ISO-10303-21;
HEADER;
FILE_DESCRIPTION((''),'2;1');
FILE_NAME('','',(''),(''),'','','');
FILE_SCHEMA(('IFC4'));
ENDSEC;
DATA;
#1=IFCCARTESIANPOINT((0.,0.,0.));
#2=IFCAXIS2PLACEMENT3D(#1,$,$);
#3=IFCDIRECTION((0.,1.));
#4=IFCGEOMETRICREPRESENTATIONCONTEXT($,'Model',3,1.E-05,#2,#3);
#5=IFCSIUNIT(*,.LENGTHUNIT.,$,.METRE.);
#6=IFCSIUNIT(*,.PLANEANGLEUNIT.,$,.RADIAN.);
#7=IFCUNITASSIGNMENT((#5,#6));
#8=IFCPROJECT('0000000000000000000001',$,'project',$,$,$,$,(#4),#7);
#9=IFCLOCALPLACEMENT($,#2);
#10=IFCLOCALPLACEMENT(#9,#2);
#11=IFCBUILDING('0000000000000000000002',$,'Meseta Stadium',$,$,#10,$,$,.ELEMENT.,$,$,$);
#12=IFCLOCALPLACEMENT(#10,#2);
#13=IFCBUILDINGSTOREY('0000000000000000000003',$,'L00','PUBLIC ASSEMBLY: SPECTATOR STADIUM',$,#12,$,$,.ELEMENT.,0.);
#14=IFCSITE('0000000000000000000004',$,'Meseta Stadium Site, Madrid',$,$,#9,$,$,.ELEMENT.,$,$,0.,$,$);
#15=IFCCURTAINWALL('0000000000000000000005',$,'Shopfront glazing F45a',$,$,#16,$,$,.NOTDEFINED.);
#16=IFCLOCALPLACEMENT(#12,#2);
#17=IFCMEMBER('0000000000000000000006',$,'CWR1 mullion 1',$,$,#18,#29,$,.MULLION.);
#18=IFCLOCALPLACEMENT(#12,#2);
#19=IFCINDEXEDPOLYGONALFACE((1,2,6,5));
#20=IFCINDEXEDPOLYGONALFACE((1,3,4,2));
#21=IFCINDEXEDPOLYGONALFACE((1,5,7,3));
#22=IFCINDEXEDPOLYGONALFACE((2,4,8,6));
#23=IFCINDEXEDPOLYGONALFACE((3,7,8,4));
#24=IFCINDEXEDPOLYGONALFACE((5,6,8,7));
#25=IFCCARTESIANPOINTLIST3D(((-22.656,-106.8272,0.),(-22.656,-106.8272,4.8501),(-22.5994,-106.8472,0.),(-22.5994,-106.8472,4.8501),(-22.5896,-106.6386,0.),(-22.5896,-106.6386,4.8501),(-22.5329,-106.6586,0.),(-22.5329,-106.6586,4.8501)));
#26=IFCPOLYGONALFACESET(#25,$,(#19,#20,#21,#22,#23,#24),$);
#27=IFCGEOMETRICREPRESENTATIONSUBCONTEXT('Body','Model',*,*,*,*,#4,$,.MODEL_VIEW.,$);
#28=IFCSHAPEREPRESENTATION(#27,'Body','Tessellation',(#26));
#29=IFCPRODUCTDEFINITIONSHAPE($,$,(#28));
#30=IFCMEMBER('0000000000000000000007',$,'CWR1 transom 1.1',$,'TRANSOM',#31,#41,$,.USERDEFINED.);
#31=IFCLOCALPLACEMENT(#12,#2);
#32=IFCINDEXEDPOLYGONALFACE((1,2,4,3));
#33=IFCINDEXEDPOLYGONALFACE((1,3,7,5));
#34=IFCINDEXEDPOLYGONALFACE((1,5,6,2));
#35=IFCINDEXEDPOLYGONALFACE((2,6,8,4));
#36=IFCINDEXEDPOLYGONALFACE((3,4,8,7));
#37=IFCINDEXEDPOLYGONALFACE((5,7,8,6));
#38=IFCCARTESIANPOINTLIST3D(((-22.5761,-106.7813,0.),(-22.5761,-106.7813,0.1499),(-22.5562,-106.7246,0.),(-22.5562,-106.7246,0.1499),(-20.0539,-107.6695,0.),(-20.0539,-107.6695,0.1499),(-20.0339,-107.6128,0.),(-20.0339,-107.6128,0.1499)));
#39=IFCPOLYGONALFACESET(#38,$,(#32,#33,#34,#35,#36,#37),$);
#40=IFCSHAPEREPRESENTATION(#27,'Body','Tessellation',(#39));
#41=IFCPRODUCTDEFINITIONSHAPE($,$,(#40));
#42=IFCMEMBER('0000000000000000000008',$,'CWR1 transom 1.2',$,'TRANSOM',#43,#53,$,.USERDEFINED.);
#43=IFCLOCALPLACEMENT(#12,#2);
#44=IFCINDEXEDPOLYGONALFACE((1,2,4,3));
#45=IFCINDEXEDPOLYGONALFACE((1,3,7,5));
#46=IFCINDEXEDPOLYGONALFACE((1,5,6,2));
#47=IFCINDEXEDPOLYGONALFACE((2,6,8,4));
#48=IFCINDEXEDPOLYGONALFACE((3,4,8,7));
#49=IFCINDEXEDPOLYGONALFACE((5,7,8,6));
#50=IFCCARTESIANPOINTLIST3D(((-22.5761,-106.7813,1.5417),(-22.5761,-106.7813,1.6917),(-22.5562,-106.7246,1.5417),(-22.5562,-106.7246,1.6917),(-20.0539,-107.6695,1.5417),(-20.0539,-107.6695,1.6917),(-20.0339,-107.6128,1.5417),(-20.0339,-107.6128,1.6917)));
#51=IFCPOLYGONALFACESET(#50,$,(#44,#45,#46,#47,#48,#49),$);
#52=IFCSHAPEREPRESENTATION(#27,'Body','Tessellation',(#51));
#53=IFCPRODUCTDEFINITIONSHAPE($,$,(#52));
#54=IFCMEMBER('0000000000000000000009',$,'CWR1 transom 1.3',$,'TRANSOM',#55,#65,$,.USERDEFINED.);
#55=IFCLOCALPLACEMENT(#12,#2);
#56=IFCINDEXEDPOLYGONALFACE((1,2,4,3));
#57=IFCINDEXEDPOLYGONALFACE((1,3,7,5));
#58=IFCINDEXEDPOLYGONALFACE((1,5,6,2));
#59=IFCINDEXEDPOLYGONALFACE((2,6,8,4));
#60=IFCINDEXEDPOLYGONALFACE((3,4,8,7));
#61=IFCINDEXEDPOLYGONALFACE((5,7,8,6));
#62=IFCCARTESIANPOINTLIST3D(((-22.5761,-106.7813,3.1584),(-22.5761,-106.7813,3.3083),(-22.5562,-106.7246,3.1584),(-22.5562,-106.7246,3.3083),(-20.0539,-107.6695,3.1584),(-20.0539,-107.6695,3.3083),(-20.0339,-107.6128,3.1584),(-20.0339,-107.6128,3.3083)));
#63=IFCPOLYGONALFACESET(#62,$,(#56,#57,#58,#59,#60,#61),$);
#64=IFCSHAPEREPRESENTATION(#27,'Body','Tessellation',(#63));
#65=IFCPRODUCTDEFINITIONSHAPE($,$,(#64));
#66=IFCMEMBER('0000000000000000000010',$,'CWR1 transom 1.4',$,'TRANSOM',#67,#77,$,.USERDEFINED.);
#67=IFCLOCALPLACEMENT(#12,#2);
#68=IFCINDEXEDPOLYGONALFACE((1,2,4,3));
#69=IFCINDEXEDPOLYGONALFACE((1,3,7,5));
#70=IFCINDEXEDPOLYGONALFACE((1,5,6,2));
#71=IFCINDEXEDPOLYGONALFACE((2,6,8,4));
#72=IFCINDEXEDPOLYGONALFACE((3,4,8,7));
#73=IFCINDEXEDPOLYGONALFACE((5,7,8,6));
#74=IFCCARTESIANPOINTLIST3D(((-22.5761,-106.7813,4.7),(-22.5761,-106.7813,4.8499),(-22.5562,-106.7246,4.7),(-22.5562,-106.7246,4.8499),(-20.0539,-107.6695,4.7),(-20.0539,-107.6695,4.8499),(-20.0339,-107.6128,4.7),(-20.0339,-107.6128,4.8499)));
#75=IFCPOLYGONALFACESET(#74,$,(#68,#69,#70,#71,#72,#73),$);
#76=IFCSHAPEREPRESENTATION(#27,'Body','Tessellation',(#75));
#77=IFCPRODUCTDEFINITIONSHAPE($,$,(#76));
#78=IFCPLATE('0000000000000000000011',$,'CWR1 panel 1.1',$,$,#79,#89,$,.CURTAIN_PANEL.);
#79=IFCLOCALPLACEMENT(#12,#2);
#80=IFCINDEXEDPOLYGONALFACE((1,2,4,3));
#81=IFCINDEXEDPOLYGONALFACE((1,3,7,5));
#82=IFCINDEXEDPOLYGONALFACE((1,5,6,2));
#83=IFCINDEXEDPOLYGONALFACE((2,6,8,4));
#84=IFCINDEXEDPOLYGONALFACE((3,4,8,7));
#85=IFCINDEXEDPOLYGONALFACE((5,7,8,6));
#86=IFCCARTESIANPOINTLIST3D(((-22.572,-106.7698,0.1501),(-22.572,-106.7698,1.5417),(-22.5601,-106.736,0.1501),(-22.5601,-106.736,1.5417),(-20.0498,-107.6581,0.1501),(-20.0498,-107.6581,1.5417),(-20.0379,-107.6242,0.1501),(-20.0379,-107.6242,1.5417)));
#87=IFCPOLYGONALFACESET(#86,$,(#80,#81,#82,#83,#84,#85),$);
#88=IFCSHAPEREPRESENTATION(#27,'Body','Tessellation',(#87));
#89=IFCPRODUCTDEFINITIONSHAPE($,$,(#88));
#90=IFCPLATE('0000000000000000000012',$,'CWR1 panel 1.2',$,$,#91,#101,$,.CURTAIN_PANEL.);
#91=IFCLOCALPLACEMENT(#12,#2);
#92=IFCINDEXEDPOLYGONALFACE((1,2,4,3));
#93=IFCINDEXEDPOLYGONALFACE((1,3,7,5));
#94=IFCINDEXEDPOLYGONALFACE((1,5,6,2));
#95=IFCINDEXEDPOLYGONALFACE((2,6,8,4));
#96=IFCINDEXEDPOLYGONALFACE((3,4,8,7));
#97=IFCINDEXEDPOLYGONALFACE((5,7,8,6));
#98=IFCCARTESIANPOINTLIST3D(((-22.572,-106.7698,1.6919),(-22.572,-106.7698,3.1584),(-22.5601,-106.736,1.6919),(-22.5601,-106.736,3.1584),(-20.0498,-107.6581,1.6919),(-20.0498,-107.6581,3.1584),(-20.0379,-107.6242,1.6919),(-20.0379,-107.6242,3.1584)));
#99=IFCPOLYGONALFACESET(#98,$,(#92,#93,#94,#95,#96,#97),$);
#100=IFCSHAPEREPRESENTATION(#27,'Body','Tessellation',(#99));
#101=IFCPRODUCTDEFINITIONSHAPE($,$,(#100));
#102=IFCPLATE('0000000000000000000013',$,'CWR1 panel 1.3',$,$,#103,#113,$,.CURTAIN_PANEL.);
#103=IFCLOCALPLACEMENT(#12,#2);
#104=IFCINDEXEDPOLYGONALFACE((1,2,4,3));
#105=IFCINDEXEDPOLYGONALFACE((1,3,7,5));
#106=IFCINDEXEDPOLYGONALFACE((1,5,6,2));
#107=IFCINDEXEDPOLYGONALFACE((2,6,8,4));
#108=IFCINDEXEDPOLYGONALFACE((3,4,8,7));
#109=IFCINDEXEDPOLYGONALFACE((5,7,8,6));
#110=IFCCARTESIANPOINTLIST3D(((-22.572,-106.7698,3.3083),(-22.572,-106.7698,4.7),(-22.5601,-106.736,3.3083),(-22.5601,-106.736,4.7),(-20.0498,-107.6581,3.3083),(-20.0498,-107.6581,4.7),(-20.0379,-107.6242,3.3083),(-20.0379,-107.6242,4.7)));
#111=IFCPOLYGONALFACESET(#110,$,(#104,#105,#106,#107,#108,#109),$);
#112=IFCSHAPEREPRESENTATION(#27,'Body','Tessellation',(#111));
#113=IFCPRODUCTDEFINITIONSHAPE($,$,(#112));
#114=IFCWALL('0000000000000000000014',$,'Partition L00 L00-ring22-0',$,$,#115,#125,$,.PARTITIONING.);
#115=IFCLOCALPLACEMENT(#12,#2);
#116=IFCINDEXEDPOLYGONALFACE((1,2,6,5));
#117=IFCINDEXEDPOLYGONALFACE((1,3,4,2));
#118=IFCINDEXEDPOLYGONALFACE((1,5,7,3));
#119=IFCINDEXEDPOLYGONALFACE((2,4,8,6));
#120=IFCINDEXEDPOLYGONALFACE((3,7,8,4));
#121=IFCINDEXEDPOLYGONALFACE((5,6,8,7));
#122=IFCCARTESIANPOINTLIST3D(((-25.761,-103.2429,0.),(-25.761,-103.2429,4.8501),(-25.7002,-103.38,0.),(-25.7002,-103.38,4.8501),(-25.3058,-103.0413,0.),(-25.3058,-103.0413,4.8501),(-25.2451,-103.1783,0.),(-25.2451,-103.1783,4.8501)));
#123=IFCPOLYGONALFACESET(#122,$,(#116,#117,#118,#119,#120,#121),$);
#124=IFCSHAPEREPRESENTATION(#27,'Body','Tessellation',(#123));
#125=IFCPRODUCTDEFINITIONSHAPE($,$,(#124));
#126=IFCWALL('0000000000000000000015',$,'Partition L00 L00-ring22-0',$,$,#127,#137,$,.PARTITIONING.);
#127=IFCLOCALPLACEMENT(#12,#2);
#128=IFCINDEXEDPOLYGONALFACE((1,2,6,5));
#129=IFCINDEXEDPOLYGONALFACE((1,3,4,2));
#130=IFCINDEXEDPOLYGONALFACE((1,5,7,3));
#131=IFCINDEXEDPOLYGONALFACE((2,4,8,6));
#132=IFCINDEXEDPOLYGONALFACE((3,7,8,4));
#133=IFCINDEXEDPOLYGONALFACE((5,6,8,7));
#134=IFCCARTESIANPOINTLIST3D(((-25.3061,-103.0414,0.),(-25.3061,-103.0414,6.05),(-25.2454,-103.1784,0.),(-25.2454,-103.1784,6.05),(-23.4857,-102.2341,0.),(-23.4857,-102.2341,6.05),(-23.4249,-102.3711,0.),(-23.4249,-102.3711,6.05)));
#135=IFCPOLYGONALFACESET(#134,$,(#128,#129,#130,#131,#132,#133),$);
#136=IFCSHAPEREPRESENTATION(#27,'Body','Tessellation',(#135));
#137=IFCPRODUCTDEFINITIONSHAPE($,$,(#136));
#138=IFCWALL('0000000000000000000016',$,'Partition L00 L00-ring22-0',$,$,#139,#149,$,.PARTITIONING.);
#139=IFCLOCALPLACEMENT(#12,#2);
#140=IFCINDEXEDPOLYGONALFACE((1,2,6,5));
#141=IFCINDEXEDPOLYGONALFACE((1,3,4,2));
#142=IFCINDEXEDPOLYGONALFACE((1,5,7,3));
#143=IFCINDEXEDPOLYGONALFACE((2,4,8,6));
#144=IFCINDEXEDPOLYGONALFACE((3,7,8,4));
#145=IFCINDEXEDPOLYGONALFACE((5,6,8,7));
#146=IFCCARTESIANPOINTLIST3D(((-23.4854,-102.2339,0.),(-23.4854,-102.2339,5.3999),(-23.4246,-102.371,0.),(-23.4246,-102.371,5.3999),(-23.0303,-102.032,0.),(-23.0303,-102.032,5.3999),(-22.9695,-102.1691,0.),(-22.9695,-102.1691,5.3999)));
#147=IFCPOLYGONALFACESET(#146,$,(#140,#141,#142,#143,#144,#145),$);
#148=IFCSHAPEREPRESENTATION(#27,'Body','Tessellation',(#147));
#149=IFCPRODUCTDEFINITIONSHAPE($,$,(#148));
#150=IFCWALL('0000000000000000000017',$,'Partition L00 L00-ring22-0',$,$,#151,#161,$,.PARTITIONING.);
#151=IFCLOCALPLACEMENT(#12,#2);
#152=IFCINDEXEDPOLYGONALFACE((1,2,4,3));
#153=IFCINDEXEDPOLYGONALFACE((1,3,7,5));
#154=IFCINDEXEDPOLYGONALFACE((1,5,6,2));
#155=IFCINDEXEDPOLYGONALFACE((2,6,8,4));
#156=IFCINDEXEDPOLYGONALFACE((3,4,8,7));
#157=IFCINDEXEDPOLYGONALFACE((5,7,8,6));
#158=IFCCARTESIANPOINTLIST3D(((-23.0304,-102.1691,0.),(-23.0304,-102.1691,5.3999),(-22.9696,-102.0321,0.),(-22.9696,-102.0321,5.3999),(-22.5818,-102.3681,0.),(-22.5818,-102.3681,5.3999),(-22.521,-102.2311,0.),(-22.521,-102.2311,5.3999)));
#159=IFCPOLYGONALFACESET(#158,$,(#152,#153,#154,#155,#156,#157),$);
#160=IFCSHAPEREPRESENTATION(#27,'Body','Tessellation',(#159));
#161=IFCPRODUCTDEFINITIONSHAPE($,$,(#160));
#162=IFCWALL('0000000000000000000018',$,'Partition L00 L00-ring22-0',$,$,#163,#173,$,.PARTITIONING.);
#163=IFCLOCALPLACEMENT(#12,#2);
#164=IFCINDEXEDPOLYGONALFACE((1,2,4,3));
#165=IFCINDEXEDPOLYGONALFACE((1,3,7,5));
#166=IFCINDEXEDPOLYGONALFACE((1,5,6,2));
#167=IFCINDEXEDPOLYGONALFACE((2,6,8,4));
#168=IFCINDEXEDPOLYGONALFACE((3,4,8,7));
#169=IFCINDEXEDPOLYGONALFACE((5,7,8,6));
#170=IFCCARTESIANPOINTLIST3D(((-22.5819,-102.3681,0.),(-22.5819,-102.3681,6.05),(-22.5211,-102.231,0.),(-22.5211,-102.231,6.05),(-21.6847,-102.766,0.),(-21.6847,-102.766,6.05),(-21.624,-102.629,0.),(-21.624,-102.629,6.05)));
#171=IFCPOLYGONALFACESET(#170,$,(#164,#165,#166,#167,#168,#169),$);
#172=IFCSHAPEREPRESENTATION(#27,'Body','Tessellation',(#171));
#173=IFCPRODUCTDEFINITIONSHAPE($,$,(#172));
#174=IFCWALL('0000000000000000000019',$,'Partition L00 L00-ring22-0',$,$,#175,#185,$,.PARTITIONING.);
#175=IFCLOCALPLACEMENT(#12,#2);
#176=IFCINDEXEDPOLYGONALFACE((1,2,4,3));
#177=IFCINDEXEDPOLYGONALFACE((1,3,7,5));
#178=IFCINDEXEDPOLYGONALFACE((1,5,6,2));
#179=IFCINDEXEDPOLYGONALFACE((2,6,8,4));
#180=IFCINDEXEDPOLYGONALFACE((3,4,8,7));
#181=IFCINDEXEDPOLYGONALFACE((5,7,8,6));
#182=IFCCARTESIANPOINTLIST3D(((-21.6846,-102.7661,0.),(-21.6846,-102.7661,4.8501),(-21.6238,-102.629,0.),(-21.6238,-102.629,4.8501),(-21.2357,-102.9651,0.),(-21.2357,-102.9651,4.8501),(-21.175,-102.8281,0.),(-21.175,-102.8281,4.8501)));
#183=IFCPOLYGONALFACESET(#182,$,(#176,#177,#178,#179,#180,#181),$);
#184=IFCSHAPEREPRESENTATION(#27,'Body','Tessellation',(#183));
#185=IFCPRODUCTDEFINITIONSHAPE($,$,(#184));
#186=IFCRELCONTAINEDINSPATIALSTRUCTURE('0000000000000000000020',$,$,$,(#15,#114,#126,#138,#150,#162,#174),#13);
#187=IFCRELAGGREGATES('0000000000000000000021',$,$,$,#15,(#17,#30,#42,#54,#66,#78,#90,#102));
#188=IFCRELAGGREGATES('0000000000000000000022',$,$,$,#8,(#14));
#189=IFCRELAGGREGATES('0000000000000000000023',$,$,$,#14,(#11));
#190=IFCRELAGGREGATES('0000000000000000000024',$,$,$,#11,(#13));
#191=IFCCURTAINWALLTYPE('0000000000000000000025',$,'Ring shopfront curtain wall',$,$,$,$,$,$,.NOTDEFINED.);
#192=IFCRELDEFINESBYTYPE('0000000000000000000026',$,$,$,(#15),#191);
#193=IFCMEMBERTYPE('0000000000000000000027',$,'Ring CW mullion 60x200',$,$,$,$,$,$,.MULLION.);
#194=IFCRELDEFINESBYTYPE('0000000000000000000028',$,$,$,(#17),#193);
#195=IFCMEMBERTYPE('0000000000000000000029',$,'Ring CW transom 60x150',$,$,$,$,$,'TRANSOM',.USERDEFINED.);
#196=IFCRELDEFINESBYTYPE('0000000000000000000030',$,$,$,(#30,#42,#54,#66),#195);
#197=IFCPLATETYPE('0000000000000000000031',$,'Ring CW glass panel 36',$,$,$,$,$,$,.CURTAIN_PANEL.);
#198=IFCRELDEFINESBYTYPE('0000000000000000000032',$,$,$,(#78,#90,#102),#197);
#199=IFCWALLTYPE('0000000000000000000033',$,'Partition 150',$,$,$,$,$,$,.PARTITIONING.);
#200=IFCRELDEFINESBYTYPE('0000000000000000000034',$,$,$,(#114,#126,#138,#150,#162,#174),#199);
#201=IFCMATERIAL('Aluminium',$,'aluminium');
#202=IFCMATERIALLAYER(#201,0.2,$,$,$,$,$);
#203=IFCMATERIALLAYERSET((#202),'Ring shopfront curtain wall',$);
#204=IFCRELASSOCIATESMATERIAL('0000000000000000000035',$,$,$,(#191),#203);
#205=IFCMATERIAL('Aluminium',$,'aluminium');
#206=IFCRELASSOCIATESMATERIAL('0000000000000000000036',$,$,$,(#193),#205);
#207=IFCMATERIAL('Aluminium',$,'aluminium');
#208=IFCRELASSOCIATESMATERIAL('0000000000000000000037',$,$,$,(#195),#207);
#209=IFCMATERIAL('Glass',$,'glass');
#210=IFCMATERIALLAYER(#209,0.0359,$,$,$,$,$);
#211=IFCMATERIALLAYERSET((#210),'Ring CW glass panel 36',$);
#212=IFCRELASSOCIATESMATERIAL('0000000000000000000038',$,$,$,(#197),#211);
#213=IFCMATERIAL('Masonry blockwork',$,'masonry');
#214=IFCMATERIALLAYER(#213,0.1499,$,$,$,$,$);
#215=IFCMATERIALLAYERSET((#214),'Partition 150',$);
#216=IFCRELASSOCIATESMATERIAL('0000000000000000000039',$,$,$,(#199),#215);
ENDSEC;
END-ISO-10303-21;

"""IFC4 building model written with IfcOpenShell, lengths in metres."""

from ifc_helpers import new_model, si_unit, direction, frame, frame_2d, origin, origin_2d, place, context, subcontext, project, spatial, rectangle, extrude, material, layer, layer_set, material_profile, profile_set, type_object, element, aggregate, save


model = new_model("IFC4")

# Units and contexts
model_context = context("Model", 3, precision=1e-05, world=origin(), true_north=direction((0.0, 1.0)))
body_context = subcontext(model_context, "Body", "Model", "MODEL_VIEW")
ifc_project = project(units=[si_unit("LENGTHUNIT", "METRE"), si_unit("PLANEANGLEUNIT", "RADIAN")], contexts=[model_context])

# Site, building, storey
site_placement = place(None, origin())
site = spatial("IfcSite", under=ifc_project, at=site_placement, Name="Meseta Stadium Site, Madrid", CompositionType="ELEMENT", RefElevation=0.0)
building_placement = place(site_placement, origin())
building = spatial("IfcBuilding", under=site, at=building_placement, Name="Meseta Stadium", CompositionType="ELEMENT")
storey_placement = place(building_placement, origin())
storey = spatial("IfcBuildingStorey", under=building, at=storey_placement, Name="L00", Description="PUBLIC ASSEMBLY: SPECTATOR STADIUM", CompositionType="ELEMENT", Elevation=0.0)

# Curtain wall, members, plates
ifc_material_1 = material(Name="Aluminium", Category="aluminium")
ifc_layer_1 = layer(ifc_material_1, 0.2)
ifc_layer_set_1 = layer_set([ifc_layer_1], Name="Ring shopfront curtain wall")
curtain_wall_type = type_object("IfcCurtainWallType", Name="Ring shopfront curtain wall", PredefinedType="NOTDEFINED", material=ifc_layer_set_1)
curtain_wall_placement = place(storey_placement, origin())
curtain_wall = element("IfcCurtainWall", 1, at=curtain_wall_placement, inside=storey, type_object=curtain_wall_type, Name="Shopfront glazing F45a", PredefinedType="NOTDEFINED")
ifc_material_2 = material(Name="Aluminium", Category="aluminium")
ifc_material_profile_1 = material_profile(ifc_material_2, rectangle(XDim=0.2, YDim=0.0601, at=origin_2d()), Name="CW 200x60")
ifc_profile_set_1 = profile_set([ifc_material_profile_1], Name="Aluminium")
member_type_1 = type_object("IfcMemberType", Name="Ring CW mullion 60x200", PredefinedType="MULLION", material=ifc_profile_set_1)
member_1_placement = place(storey_placement, frame((-22.5945, -106.7429, 0.0), z_axis=(0.0, 0.0, 1.0), x_axis=(0.33217, 0.94322, 0.0)))
member_1 = element("IfcMember", 2, at=member_1_placement, type_object=member_type_1, Name="CWR1 mullion 1", PredefinedType="MULLION", context=body_context, shape_type="SweptSolid", body=[
    extrude(rectangle(XDim=0.2, YDim=0.0601, at=origin_2d()), origin(), (0.0, 0.0, 1.0), 4.8501),
])
ifc_material_3 = material(Name="Aluminium", Category="aluminium")
ifc_material_profile_2 = material_profile(ifc_material_3, rectangle(XDim=0.0601, YDim=0.1499, at=origin_2d()), Name="CW 60x150")
ifc_profile_set_2 = profile_set([ifc_material_profile_2], Name="Aluminium")
member_type_2 = type_object("IfcMemberType", Name="Ring CW transom 60x150", ElementType="TRANSOM", PredefinedType="USERDEFINED", material=ifc_profile_set_2)
member_2_placement = place(storey_placement, frame((-22.5662, -106.7529, 0.075), z_axis=(0.943226, -0.332151, 0.0), x_axis=(0.332151, 0.943226, 0.0)))
member_2 = element("IfcMember", 3, at=member_2_placement, type_object=member_type_2, Name="CWR1 transom 1.1", ObjectType="TRANSOM", PredefinedType="USERDEFINED", context=body_context, shape_type="SweptSolid", body=[
    extrude(rectangle(XDim=0.0601, YDim=0.1499, at=origin_2d()), origin(), (0.0, 0.0, 1.0), 2.6741),
])
member_3_placement = place(storey_placement, frame((-22.5662, -106.7529, 1.6167), z_axis=(0.943226, -0.332151, 0.0), x_axis=(0.332151, 0.943226, 0.0)))
member_3 = element("IfcMember", 4, at=member_3_placement, type_object=member_type_2, Name="CWR1 transom 1.2", ObjectType="TRANSOM", PredefinedType="USERDEFINED", context=body_context, shape_type="SweptSolid", body=[
    extrude(rectangle(XDim=0.0601, YDim=0.1499, at=origin_2d()), origin(), (0.0, 0.0, 1.0), 2.6741),
])
member_4_placement = place(storey_placement, frame((-22.5662, -106.7529, 3.2334), z_axis=(0.943226, -0.332151, 0.0), x_axis=(0.332151, 0.943226, 0.0)))
member_4 = element("IfcMember", 5, at=member_4_placement, type_object=member_type_2, Name="CWR1 transom 1.3", ObjectType="TRANSOM", PredefinedType="USERDEFINED", context=body_context, shape_type="SweptSolid", body=[
    extrude(rectangle(XDim=0.0601, YDim=0.1499, at=origin_2d()), origin(), (0.0, 0.0, 1.0), 2.6741),
])
member_5_placement = place(storey_placement, frame((-22.5662, -106.7529, 4.7749), z_axis=(0.943226, -0.332151, 0.0), x_axis=(0.332151, 0.943226, 0.0)))
member_5 = element("IfcMember", 6, at=member_5_placement, type_object=member_type_2, Name="CWR1 transom 1.4", ObjectType="TRANSOM", PredefinedType="USERDEFINED", context=body_context, shape_type="SweptSolid", body=[
    extrude(rectangle(XDim=0.0601, YDim=0.1499, at=origin_2d()), origin(), (0.0, 0.0, 1.0), 2.6741),
])
ifc_material_4 = material(Name="Glass", Category="glass")
ifc_layer_2 = layer(ifc_material_4, 0.0359)
ifc_layer_set_2 = layer_set([ifc_layer_2], Name="Ring CW glass panel 36")
plate_type = type_object("IfcPlateType", Name="Ring CW glass panel 36", PredefinedType="CURTAIN_PANEL", material=ifc_layer_set_2)
plate_1_placement = place(storey_placement, frame((-21.3049, -107.197, 0.1501), z_axis=(0.0, 0.0, 1.0), x_axis=(0.94322, -0.33217, 0.0)))
plate_1 = element("IfcPlate", 7, at=plate_1_placement, type_object=plate_type, Name="CWR1 panel 1.1", PredefinedType="CURTAIN_PANEL", context=body_context, shape_type="SweptSolid", body=[
    extrude(rectangle(XDim=2.6741, YDim=0.0359, at=origin_2d()), origin(), (0.0, 0.0, 1.0), 1.3916),
])
plate_2_placement = place(storey_placement, frame((-21.3049, -107.197, 1.6919), z_axis=(0.0, 0.0, 1.0), x_axis=(0.94322, -0.33217, 0.0)))
plate_2 = element("IfcPlate", 8, at=plate_2_placement, type_object=plate_type, Name="CWR1 panel 1.2", PredefinedType="CURTAIN_PANEL", context=body_context, shape_type="SweptSolid", body=[
    extrude(rectangle(XDim=2.6741, YDim=0.0359, at=origin_2d()), origin(), (0.0, 0.0, 1.0), 1.4666),
])
plate_3_placement = place(storey_placement, frame((-21.3049, -107.197, 3.3083), z_axis=(0.0, 0.0, 1.0), x_axis=(0.94322, -0.33217, 0.0)))
plate_3 = element("IfcPlate", 9, at=plate_3_placement, type_object=plate_type, Name="CWR1 panel 1.3", PredefinedType="CURTAIN_PANEL", context=body_context, shape_type="SweptSolid", body=[
    extrude(rectangle(XDim=2.6741, YDim=0.0359, at=origin_2d()), origin(), (0.0, 0.0, 1.0), 1.3916),
])
aggregate(curtain_wall, [member_1, member_2, member_3, member_4, member_5, plate_1, plate_2, plate_3])

# Walls
ifc_material_5 = material(Name="Masonry blockwork", Category="masonry")
ifc_layer_3 = layer(ifc_material_5, 0.1499)
ifc_layer_set_3 = layer_set([ifc_layer_3], Name="Partition 150")
wall_type_1 = type_object("IfcWallType", Name="Partition 150", PredefinedType="PARTITIONING", material=ifc_layer_set_3)
wall_1_placement = place(storey_placement, frame((-25.7307, -103.3115, 0.0), z_axis=(0.0, 0.0, 1.0), x_axis=(0.914256, 0.405137, 0.0)))
element("IfcWall", 10, at=wall_1_placement, inside=storey, type_object=wall_type_1, Name="Partition L00 L00-ring22-0", PredefinedType="PARTITIONING", context=body_context, shape_type="SweptSolid", body=[
    extrude(rectangle(XDim=0.4978, YDim=0.1499, at=frame_2d((0.249, 0.0))), origin(), (0.0, 0.0, 1.0), 4.8501),
])
wall_2_placement = place(storey_placement, frame((-25.2756, -103.1099, 0.0), z_axis=(0.0, 0.0, 1.0), x_axis=(0.91414, 0.405399, 0.0)))
element("IfcWall", 11, at=wall_2_placement, inside=storey, type_object=wall_type_1, Name="Partition L00 L00-ring22-0", PredefinedType="PARTITIONING", context=body_context, shape_type="SweptSolid", body=[
    extrude(rectangle(XDim=1.9915, YDim=0.1499, at=frame_2d((0.9956, 0.0))), origin(), (0.0, 0.0, 1.0), 6.05),
])
wall_3_placement = place(storey_placement, frame((-23.4551, -102.3025, 0.0), z_axis=(0.0, 0.0, 1.0), x_axis=(0.914074, 0.405547, 0.0)))
element("IfcWall", 12, at=wall_3_placement, inside=storey, type_object=wall_type_1, Name="Partition L00 L00-ring22-0", PredefinedType="PARTITIONING", context=body_context, shape_type="SweptSolid", body=[
    extrude(rectangle(XDim=0.4978, YDim=0.1499, at=frame_2d((0.249, 0.0))), origin(), (0.0, 0.0, 1.0), 5.3999),
])
wall_4_placement = place(storey_placement, frame((-23.0, -102.1006, 0.0), z_axis=(0.0, 0.0, 1.0), x_axis=(0.914078, -0.405538, 0.0)))
element("IfcWall", 13, at=wall_4_placement, inside=storey, type_object=wall_type_1, Name="Partition L00 L00-ring22-0", PredefinedType="PARTITIONING", context=body_context, shape_type="SweptSolid", body=[
    extrude(rectangle(XDim=0.4907, YDim=0.1499, at=frame_2d((0.2454, 0.0))), origin(), (0.0, 0.0, 1.0), 5.3999),
])
wall_5_placement = place(storey_placement, frame((-22.5515, -102.2996, 0.0), z_axis=(0.0, 0.0, 1.0), x_axis=(0.914119, -0.405446, 0.0)))
element("IfcWall", 14, at=wall_5_placement, inside=storey, type_object=wall_type_1, Name="Partition L00 L00-ring22-0", PredefinedType="PARTITIONING", context=body_context, shape_type="SweptSolid", body=[
    extrude(rectangle(XDim=0.9814, YDim=0.1499, at=frame_2d((0.4907, 0.0))), origin(), (0.0, 0.0, 1.0), 6.05),
])
wall_6_placement = place(storey_placement, frame((-21.6543, -102.6975, 0.0), z_axis=(0.0, 0.0, 1.0), x_axis=(0.91416, -0.405354, 0.0)))
element("IfcWall", 15, at=wall_6_placement, inside=storey, type_object=wall_type_1, Name="Partition L00 L00-ring22-0", PredefinedType="PARTITIONING", context=body_context, shape_type="SweptSolid", body=[
    extrude(rectangle(XDim=0.491, YDim=0.1499, at=frame_2d((0.2456, 0.0))), origin(), (0.0, 0.0, 1.0), 4.8501),
])

save(model, "model.ifc")
